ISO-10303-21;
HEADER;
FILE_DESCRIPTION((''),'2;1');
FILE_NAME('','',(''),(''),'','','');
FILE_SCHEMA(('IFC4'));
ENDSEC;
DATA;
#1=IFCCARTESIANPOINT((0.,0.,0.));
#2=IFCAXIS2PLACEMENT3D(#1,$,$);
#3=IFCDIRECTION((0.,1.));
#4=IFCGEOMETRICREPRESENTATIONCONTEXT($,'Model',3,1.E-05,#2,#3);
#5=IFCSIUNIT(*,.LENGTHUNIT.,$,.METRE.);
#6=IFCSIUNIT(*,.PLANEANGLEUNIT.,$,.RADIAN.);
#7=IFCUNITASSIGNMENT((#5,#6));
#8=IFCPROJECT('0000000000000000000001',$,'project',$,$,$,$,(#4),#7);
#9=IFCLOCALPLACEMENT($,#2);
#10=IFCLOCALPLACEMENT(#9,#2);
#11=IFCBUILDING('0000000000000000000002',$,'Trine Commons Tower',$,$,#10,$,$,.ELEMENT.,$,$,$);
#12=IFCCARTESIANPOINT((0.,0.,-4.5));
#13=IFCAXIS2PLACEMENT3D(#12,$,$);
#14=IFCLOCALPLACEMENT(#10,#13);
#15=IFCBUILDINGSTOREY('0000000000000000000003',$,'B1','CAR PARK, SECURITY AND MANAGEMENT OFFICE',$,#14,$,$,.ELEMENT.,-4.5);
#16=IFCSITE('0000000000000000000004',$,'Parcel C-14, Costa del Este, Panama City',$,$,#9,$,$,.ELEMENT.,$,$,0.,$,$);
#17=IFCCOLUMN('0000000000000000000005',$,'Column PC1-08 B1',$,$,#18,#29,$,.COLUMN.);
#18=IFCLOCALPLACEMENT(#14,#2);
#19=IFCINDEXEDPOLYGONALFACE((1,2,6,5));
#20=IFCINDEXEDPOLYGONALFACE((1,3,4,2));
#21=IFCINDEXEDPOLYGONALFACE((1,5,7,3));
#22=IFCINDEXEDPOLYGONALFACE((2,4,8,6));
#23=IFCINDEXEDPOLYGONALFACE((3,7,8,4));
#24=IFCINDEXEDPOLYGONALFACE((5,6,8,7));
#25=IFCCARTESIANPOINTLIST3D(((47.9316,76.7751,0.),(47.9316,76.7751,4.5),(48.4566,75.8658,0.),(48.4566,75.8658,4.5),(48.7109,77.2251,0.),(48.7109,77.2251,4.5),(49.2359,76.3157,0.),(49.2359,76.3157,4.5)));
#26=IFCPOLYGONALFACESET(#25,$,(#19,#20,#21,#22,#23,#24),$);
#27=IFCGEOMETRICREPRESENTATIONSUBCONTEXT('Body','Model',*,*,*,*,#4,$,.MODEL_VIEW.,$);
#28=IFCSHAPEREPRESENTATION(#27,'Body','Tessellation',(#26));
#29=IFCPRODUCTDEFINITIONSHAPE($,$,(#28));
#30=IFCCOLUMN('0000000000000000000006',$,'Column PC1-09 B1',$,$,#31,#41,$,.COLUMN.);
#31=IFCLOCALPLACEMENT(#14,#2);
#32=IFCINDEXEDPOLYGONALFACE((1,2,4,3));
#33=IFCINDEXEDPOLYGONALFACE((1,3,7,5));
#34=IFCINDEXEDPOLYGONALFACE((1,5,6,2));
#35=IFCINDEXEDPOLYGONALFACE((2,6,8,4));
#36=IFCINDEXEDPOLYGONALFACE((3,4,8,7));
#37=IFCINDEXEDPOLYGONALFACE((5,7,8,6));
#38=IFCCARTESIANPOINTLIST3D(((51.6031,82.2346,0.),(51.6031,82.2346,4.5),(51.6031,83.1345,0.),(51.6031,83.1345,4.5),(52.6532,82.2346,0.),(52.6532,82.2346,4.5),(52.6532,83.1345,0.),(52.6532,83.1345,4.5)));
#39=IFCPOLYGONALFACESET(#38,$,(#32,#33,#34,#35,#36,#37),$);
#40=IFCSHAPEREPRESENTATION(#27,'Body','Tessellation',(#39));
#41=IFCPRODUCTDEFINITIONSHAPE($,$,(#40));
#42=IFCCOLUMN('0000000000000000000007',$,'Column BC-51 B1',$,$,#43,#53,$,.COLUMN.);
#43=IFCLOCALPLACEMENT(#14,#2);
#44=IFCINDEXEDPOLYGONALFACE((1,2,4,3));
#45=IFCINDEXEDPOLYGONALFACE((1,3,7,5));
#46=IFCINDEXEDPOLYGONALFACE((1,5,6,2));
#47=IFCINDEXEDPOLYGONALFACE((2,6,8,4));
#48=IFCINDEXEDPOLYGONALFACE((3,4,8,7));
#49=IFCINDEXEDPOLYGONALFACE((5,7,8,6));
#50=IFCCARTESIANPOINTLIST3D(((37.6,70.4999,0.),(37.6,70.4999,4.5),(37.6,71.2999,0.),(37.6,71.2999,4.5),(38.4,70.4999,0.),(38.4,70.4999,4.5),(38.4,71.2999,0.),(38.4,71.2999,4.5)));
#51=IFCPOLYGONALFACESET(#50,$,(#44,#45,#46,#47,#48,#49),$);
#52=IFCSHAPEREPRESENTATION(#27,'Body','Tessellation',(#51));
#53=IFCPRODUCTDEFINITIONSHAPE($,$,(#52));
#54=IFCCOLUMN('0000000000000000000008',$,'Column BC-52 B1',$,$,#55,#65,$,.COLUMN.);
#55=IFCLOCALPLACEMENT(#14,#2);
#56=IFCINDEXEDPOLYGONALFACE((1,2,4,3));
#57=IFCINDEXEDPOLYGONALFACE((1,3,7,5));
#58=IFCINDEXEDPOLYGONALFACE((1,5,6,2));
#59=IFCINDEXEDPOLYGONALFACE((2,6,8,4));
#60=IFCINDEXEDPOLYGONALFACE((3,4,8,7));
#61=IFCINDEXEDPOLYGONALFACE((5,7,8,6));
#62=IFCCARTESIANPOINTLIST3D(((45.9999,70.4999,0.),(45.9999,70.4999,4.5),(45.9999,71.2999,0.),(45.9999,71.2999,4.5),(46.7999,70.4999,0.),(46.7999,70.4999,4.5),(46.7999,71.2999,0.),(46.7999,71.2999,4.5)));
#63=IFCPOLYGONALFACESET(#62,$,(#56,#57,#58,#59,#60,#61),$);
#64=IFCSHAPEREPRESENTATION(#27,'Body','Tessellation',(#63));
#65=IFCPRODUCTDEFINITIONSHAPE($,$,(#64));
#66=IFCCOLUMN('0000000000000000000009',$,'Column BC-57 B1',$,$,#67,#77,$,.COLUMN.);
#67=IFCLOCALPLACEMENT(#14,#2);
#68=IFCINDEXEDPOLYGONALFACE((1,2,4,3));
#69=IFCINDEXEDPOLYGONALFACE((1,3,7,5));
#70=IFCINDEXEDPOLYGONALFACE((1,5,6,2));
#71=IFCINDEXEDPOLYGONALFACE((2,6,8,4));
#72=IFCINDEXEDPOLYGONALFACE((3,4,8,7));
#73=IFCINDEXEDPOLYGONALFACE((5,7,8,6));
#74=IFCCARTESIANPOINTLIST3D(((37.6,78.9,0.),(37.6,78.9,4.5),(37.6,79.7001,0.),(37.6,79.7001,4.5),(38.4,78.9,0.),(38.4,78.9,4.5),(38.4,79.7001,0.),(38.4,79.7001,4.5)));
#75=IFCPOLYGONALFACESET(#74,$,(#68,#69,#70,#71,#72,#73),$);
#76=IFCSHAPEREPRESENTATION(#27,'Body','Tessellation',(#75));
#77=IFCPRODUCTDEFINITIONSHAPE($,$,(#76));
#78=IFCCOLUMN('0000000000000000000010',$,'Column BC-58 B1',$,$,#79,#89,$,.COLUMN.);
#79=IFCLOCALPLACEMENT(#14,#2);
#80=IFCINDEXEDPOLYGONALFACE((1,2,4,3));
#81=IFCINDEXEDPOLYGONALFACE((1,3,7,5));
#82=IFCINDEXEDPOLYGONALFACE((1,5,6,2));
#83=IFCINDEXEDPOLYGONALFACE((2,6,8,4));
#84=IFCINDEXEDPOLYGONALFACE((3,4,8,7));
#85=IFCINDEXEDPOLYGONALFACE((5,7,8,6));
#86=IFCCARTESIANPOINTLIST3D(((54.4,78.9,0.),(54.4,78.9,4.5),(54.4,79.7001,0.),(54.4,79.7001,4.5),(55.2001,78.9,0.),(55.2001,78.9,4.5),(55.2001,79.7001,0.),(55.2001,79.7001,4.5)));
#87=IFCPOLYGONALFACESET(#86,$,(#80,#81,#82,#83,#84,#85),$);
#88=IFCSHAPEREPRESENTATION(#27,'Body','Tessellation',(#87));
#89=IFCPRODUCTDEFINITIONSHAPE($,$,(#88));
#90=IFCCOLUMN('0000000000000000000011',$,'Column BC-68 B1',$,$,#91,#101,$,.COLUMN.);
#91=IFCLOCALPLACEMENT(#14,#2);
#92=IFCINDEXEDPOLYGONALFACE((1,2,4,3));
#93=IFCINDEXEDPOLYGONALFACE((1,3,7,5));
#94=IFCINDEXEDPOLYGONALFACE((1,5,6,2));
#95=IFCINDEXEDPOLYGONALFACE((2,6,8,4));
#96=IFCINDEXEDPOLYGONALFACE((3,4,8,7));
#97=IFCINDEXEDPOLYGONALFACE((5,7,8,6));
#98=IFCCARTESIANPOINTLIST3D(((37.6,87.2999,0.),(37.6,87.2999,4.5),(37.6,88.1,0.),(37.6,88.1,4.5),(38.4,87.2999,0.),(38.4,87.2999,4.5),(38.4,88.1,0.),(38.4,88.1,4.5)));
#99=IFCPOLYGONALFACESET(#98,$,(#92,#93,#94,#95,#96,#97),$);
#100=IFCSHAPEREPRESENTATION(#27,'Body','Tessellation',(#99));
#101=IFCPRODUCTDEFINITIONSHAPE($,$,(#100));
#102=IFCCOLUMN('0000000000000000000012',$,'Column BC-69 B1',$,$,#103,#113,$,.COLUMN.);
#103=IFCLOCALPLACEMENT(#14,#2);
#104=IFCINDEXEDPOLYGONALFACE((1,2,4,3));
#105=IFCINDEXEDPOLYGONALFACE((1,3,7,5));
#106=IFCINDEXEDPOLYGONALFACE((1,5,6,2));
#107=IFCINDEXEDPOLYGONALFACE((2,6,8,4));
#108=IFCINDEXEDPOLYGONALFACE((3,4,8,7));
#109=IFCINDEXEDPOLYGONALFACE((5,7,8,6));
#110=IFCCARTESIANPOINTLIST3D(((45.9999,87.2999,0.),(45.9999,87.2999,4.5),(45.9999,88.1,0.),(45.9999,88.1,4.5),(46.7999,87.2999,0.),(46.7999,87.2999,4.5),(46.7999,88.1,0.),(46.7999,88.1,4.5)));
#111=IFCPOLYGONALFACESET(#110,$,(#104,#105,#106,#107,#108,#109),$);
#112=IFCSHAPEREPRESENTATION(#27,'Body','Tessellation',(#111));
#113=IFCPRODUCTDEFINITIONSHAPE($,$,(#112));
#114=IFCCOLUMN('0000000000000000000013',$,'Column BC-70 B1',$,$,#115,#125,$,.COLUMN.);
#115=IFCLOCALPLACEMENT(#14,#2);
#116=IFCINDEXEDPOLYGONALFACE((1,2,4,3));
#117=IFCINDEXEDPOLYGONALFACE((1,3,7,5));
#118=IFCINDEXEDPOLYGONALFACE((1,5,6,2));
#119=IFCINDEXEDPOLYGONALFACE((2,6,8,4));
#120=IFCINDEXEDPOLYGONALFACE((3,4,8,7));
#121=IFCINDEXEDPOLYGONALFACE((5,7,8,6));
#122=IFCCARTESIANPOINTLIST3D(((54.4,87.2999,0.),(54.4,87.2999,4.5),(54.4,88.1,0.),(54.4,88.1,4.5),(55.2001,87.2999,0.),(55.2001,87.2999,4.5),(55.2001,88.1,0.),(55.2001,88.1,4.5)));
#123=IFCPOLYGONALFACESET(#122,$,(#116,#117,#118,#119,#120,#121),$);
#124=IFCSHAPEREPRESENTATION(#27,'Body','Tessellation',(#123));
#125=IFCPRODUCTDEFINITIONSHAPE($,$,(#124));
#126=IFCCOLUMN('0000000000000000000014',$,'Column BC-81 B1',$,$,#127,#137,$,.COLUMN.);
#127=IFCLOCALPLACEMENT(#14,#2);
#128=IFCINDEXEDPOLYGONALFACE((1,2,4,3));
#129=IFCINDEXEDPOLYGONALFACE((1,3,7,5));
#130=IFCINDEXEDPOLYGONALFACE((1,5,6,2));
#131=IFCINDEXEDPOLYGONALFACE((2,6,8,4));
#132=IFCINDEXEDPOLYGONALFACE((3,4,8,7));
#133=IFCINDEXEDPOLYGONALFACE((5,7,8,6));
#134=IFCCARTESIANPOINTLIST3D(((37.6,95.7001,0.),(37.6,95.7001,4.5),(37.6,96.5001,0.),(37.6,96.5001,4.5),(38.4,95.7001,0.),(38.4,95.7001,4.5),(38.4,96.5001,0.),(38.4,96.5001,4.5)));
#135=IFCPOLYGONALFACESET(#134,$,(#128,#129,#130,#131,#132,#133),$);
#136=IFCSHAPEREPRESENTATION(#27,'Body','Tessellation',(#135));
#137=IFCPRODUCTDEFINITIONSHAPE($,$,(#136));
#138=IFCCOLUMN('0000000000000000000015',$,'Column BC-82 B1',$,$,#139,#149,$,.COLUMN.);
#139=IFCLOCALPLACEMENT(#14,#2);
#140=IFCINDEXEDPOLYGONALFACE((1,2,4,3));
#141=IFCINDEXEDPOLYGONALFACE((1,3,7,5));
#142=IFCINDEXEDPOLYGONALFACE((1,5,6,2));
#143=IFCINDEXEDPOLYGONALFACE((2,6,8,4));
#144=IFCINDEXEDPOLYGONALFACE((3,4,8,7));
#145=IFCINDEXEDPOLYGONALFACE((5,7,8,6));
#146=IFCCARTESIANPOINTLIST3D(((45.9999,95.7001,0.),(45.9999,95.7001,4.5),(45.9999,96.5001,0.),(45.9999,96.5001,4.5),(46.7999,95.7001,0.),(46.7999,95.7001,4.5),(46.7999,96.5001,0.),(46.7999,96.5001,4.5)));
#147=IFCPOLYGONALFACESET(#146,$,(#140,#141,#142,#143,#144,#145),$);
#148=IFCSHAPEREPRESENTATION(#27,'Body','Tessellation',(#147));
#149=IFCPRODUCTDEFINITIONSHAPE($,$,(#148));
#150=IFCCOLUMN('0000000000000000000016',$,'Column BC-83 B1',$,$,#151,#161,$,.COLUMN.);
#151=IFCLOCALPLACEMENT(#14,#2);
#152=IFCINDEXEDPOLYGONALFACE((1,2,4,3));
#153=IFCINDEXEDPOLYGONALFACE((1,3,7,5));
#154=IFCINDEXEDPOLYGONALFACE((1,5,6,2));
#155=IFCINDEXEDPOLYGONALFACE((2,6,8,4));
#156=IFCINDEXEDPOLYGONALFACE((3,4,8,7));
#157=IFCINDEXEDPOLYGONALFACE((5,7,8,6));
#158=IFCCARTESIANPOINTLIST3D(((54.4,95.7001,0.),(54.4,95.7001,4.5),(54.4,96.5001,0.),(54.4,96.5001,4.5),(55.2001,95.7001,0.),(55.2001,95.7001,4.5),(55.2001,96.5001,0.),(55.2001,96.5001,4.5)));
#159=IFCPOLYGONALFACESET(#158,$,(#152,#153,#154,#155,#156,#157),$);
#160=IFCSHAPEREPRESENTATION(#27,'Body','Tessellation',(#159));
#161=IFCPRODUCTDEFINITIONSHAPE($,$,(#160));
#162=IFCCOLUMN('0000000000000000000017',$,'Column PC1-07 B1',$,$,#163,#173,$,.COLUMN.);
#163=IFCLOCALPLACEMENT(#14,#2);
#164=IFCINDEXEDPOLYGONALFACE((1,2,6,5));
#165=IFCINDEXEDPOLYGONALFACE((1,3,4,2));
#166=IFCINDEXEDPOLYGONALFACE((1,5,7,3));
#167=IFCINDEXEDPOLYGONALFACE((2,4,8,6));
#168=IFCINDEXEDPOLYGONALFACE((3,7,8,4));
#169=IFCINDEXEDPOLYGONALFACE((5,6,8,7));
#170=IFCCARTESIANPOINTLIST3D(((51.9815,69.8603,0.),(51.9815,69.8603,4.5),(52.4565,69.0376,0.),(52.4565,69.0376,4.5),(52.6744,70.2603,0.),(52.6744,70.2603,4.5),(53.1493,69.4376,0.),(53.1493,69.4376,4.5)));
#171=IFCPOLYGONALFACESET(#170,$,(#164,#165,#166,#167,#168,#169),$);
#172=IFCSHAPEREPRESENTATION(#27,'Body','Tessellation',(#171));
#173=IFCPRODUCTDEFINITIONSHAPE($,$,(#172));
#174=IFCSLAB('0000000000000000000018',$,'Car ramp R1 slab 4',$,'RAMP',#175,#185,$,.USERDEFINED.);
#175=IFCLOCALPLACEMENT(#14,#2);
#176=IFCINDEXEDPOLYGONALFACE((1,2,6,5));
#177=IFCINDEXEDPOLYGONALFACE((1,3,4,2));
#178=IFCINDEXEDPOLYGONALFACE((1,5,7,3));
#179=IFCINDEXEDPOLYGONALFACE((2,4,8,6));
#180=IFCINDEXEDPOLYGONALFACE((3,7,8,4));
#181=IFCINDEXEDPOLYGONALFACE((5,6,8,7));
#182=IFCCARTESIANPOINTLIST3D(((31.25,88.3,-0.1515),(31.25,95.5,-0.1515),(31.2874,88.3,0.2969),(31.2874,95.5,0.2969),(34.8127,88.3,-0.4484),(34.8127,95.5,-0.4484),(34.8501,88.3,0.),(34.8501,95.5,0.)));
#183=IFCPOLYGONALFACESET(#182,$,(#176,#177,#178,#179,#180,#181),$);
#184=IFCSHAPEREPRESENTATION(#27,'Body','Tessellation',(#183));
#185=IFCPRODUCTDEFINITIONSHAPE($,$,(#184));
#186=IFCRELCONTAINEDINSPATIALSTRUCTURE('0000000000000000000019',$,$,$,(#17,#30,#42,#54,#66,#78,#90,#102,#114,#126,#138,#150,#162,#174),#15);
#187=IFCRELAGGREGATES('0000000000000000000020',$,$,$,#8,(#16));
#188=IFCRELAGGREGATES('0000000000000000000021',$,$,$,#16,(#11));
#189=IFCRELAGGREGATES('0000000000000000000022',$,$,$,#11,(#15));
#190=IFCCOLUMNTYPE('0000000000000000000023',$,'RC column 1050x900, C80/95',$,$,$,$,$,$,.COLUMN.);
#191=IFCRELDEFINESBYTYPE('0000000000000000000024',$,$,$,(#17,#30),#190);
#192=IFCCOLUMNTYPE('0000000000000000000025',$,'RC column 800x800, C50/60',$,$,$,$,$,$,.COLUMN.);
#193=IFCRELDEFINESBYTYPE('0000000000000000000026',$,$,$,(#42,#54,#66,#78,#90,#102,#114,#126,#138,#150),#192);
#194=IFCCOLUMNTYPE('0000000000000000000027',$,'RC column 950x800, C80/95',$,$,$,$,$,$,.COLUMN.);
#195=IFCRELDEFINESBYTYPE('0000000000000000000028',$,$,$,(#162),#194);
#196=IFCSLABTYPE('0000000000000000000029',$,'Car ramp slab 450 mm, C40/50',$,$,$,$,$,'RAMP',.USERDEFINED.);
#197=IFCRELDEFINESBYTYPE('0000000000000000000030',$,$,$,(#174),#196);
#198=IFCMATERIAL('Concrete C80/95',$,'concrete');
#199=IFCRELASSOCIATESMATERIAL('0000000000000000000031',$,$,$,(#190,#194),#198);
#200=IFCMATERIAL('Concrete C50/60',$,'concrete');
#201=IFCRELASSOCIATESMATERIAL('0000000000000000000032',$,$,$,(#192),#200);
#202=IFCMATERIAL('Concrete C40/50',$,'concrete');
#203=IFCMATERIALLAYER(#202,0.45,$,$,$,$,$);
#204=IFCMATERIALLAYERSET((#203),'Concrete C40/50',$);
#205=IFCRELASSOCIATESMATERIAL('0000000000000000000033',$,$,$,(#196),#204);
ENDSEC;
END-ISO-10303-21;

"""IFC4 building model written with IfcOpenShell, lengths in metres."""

from ifc_helpers import new_model, si_unit, direction, frame, origin, origin_2d, place, context, subcontext, project, spatial, polyline, rectangle, outline, extrude, material, layer, layer_set, material_profile, profile_set, type_object, element, save


model = new_model("IFC4")

# Units and contexts
model_context = context("Model", 3, precision=1e-05, world=origin(), true_north=direction((0.0, 1.0)))
body_context = subcontext(model_context, "Body", "Model", "MODEL_VIEW")
ifc_project = project(units=[si_unit("LENGTHUNIT", "METRE"), si_unit("PLANEANGLEUNIT", "RADIAN")], contexts=[model_context])

# Site, building, storey
site_placement = place(None, origin())
site = spatial("IfcSite", under=ifc_project, at=site_placement, Name="Parcel C-14, Costa del Este, Panama City", CompositionType="ELEMENT", RefElevation=0.0)
building_placement = place(site_placement, origin())
building = spatial("IfcBuilding", under=site, at=building_placement, Name="Trine Commons Tower", CompositionType="ELEMENT")
storey_placement = place(building_placement, frame((0.0, 0.0, -4.5)))
storey = spatial("IfcBuildingStorey", under=building, at=storey_placement, Name="B1", Description="CAR PARK, SECURITY AND MANAGEMENT OFFICE", CompositionType="ELEMENT", Elevation=-4.5)

# Columns
ifc_material_1 = material(Name="Concrete C80/95", Category="concrete")
ifc_material_profile_1 = material_profile(ifc_material_1, rectangle(XDim=1.05, YDim=0.8999, at=origin_2d()), Name="RC 1050x900")
ifc_profile_set_1 = profile_set([ifc_material_profile_1], Name="Concrete C80/95")
column_type_1 = type_object("IfcColumnType", Name="RC column 1050x900, C80/95", PredefinedType="COLUMN", material=ifc_profile_set_1)
for number, where, z_axis, x_axis, name in (
    (1, (48.5837, 76.5454, 0.0), (0.0, 0.0, 1.0), (-0.5, 0.866025, 0.0), "Column PC1-08 B1"),
    (2, (52.1282, 82.6846, 0.0), (0.0, 0.0, 1.0), (1.0, 0.0, 0.0), "Column PC1-09 B1"),
):
    element("IfcColumn", number, at=place(storey_placement, frame(where, z_axis=z_axis, x_axis=x_axis)), inside=storey, type_object=column_type_1, Name=name, PredefinedType="COLUMN", context=body_context, shape_type="SweptSolid", body=[
        extrude(rectangle(XDim=1.05, YDim=0.8999, at=origin_2d()), origin(), (0.0, 0.0, 1.0), 4.5),
    ])
ifc_material_2 = material(Name="Concrete C50/60", Category="concrete")
ifc_material_profile_2 = material_profile(ifc_material_2, rectangle(XDim=0.8, YDim=0.8, at=origin_2d()), Name="RC 800x800")
ifc_profile_set_2 = profile_set([ifc_material_profile_2], Name="Concrete C50/60")
column_type_2 = type_object("IfcColumnType", Name="RC column 800x800, C50/60", PredefinedType="COLUMN", material=ifc_profile_set_2)
for number, where, z_axis, x_axis, name in (
    (3, (38.0, 70.8999, 0.0), (0.0, 0.0, 1.0), (1.0, 0.0, 0.0), "Column BC-51 B1"),
    (4, (46.3999, 70.8999, 0.0), (0.0, 0.0, 1.0), (1.0, 0.0, 0.0), "Column BC-52 B1"),
    (5, (38.0, 79.3, 0.0), (0.0, 0.0, 1.0), (1.0, 0.0, 0.0), "Column BC-57 B1"),
    (6, (54.8, 79.3, 0.0), (0.0, 0.0, 1.0), (1.0, 0.0, 0.0), "Column BC-58 B1"),
    (7, (38.0, 87.7, 0.0), (0.0, 0.0, 1.0), (1.0, 0.0, 0.0), "Column BC-68 B1"),
    (8, (46.3999, 87.7, 0.0), (0.0, 0.0, 1.0), (1.0, 0.0, 0.0), "Column BC-69 B1"),
    (9, (54.8, 87.7, 0.0), (0.0, 0.0, 1.0), (1.0, 0.0, 0.0), "Column BC-70 B1"),
    (10, (38.0, 96.1001, 0.0), (0.0, 0.0, 1.0), (1.0, 0.0, 0.0), "Column BC-81 B1"),
    (11, (46.3999, 96.1001, 0.0), (0.0, 0.0, 1.0), (1.0, 0.0, 0.0), "Column BC-82 B1"),
    (12, (54.8, 96.1001, 0.0), (0.0, 0.0, 1.0), (1.0, 0.0, 0.0), "Column BC-83 B1"),
):
    element("IfcColumn", number, at=place(storey_placement, frame(where, z_axis=z_axis, x_axis=x_axis)), inside=storey, type_object=column_type_2, Name=name, PredefinedType="COLUMN", context=body_context, shape_type="SweptSolid", body=[
        extrude(rectangle(XDim=0.8, YDim=0.8, at=origin_2d()), origin(), (0.0, 0.0, 1.0), 4.5),
    ])
ifc_material_profile_3 = material_profile(ifc_material_1, rectangle(XDim=0.95, YDim=0.8, at=origin_2d()), Name="RC 950x800")
ifc_profile_set_3 = profile_set([ifc_material_profile_3], Name="Concrete C80/95")
column_type_3 = type_object("IfcColumnType", Name="RC column 950x800, C80/95", PredefinedType="COLUMN", material=ifc_profile_set_3)
column_placement = place(storey_placement, frame((52.5654, 69.6489, 0.0), z_axis=(0.0, 0.0, 1.0), x_axis=(-0.5, 0.866025, 0.0)))
element("IfcColumn", 13, at=column_placement, inside=storey, type_object=column_type_3, Name="Column PC1-07 B1", PredefinedType="COLUMN", context=body_context, shape_type="SweptSolid", body=[
    extrude(rectangle(XDim=0.95, YDim=0.8, at=origin_2d()), origin(), (0.0, 0.0, 1.0), 4.5),
])

# Slab
ifc_material_3 = material(Name="Concrete C40/50", Category="concrete")
ifc_layer_1 = layer(ifc_material_3, 0.45)
ifc_layer_set_1 = layer_set([ifc_layer_1], Name="Concrete C40/50")
slab_type = type_object("IfcSlabType", Name="Car ramp slab 450 mm, C40/50", ElementType="RAMP", PredefinedType="USERDEFINED", material=ifc_layer_set_1)
slab_placement = place(storey_placement, frame((31.2874, 88.3, 0.2969), z_axis=(0.08304, 0.0, 0.996546), x_axis=(0.0, 1.0, 0.0)))
element("IfcSlab", 14, at=slab_placement, inside=storey, type_object=slab_type, Name="Car ramp R1 slab 4", ObjectType="RAMP", PredefinedType="USERDEFINED", context=body_context, shape_type="SweptSolid", body=[
    extrude(outline(polyline([(0.0, 0.0), (7.2, 0.0), (7.2, -3.5751), (0.0, -3.5751), (0.0, 0.0)])), origin(), (0.0, 0.0, -1.0), 0.45),
])

save(model, "model.ifc")
